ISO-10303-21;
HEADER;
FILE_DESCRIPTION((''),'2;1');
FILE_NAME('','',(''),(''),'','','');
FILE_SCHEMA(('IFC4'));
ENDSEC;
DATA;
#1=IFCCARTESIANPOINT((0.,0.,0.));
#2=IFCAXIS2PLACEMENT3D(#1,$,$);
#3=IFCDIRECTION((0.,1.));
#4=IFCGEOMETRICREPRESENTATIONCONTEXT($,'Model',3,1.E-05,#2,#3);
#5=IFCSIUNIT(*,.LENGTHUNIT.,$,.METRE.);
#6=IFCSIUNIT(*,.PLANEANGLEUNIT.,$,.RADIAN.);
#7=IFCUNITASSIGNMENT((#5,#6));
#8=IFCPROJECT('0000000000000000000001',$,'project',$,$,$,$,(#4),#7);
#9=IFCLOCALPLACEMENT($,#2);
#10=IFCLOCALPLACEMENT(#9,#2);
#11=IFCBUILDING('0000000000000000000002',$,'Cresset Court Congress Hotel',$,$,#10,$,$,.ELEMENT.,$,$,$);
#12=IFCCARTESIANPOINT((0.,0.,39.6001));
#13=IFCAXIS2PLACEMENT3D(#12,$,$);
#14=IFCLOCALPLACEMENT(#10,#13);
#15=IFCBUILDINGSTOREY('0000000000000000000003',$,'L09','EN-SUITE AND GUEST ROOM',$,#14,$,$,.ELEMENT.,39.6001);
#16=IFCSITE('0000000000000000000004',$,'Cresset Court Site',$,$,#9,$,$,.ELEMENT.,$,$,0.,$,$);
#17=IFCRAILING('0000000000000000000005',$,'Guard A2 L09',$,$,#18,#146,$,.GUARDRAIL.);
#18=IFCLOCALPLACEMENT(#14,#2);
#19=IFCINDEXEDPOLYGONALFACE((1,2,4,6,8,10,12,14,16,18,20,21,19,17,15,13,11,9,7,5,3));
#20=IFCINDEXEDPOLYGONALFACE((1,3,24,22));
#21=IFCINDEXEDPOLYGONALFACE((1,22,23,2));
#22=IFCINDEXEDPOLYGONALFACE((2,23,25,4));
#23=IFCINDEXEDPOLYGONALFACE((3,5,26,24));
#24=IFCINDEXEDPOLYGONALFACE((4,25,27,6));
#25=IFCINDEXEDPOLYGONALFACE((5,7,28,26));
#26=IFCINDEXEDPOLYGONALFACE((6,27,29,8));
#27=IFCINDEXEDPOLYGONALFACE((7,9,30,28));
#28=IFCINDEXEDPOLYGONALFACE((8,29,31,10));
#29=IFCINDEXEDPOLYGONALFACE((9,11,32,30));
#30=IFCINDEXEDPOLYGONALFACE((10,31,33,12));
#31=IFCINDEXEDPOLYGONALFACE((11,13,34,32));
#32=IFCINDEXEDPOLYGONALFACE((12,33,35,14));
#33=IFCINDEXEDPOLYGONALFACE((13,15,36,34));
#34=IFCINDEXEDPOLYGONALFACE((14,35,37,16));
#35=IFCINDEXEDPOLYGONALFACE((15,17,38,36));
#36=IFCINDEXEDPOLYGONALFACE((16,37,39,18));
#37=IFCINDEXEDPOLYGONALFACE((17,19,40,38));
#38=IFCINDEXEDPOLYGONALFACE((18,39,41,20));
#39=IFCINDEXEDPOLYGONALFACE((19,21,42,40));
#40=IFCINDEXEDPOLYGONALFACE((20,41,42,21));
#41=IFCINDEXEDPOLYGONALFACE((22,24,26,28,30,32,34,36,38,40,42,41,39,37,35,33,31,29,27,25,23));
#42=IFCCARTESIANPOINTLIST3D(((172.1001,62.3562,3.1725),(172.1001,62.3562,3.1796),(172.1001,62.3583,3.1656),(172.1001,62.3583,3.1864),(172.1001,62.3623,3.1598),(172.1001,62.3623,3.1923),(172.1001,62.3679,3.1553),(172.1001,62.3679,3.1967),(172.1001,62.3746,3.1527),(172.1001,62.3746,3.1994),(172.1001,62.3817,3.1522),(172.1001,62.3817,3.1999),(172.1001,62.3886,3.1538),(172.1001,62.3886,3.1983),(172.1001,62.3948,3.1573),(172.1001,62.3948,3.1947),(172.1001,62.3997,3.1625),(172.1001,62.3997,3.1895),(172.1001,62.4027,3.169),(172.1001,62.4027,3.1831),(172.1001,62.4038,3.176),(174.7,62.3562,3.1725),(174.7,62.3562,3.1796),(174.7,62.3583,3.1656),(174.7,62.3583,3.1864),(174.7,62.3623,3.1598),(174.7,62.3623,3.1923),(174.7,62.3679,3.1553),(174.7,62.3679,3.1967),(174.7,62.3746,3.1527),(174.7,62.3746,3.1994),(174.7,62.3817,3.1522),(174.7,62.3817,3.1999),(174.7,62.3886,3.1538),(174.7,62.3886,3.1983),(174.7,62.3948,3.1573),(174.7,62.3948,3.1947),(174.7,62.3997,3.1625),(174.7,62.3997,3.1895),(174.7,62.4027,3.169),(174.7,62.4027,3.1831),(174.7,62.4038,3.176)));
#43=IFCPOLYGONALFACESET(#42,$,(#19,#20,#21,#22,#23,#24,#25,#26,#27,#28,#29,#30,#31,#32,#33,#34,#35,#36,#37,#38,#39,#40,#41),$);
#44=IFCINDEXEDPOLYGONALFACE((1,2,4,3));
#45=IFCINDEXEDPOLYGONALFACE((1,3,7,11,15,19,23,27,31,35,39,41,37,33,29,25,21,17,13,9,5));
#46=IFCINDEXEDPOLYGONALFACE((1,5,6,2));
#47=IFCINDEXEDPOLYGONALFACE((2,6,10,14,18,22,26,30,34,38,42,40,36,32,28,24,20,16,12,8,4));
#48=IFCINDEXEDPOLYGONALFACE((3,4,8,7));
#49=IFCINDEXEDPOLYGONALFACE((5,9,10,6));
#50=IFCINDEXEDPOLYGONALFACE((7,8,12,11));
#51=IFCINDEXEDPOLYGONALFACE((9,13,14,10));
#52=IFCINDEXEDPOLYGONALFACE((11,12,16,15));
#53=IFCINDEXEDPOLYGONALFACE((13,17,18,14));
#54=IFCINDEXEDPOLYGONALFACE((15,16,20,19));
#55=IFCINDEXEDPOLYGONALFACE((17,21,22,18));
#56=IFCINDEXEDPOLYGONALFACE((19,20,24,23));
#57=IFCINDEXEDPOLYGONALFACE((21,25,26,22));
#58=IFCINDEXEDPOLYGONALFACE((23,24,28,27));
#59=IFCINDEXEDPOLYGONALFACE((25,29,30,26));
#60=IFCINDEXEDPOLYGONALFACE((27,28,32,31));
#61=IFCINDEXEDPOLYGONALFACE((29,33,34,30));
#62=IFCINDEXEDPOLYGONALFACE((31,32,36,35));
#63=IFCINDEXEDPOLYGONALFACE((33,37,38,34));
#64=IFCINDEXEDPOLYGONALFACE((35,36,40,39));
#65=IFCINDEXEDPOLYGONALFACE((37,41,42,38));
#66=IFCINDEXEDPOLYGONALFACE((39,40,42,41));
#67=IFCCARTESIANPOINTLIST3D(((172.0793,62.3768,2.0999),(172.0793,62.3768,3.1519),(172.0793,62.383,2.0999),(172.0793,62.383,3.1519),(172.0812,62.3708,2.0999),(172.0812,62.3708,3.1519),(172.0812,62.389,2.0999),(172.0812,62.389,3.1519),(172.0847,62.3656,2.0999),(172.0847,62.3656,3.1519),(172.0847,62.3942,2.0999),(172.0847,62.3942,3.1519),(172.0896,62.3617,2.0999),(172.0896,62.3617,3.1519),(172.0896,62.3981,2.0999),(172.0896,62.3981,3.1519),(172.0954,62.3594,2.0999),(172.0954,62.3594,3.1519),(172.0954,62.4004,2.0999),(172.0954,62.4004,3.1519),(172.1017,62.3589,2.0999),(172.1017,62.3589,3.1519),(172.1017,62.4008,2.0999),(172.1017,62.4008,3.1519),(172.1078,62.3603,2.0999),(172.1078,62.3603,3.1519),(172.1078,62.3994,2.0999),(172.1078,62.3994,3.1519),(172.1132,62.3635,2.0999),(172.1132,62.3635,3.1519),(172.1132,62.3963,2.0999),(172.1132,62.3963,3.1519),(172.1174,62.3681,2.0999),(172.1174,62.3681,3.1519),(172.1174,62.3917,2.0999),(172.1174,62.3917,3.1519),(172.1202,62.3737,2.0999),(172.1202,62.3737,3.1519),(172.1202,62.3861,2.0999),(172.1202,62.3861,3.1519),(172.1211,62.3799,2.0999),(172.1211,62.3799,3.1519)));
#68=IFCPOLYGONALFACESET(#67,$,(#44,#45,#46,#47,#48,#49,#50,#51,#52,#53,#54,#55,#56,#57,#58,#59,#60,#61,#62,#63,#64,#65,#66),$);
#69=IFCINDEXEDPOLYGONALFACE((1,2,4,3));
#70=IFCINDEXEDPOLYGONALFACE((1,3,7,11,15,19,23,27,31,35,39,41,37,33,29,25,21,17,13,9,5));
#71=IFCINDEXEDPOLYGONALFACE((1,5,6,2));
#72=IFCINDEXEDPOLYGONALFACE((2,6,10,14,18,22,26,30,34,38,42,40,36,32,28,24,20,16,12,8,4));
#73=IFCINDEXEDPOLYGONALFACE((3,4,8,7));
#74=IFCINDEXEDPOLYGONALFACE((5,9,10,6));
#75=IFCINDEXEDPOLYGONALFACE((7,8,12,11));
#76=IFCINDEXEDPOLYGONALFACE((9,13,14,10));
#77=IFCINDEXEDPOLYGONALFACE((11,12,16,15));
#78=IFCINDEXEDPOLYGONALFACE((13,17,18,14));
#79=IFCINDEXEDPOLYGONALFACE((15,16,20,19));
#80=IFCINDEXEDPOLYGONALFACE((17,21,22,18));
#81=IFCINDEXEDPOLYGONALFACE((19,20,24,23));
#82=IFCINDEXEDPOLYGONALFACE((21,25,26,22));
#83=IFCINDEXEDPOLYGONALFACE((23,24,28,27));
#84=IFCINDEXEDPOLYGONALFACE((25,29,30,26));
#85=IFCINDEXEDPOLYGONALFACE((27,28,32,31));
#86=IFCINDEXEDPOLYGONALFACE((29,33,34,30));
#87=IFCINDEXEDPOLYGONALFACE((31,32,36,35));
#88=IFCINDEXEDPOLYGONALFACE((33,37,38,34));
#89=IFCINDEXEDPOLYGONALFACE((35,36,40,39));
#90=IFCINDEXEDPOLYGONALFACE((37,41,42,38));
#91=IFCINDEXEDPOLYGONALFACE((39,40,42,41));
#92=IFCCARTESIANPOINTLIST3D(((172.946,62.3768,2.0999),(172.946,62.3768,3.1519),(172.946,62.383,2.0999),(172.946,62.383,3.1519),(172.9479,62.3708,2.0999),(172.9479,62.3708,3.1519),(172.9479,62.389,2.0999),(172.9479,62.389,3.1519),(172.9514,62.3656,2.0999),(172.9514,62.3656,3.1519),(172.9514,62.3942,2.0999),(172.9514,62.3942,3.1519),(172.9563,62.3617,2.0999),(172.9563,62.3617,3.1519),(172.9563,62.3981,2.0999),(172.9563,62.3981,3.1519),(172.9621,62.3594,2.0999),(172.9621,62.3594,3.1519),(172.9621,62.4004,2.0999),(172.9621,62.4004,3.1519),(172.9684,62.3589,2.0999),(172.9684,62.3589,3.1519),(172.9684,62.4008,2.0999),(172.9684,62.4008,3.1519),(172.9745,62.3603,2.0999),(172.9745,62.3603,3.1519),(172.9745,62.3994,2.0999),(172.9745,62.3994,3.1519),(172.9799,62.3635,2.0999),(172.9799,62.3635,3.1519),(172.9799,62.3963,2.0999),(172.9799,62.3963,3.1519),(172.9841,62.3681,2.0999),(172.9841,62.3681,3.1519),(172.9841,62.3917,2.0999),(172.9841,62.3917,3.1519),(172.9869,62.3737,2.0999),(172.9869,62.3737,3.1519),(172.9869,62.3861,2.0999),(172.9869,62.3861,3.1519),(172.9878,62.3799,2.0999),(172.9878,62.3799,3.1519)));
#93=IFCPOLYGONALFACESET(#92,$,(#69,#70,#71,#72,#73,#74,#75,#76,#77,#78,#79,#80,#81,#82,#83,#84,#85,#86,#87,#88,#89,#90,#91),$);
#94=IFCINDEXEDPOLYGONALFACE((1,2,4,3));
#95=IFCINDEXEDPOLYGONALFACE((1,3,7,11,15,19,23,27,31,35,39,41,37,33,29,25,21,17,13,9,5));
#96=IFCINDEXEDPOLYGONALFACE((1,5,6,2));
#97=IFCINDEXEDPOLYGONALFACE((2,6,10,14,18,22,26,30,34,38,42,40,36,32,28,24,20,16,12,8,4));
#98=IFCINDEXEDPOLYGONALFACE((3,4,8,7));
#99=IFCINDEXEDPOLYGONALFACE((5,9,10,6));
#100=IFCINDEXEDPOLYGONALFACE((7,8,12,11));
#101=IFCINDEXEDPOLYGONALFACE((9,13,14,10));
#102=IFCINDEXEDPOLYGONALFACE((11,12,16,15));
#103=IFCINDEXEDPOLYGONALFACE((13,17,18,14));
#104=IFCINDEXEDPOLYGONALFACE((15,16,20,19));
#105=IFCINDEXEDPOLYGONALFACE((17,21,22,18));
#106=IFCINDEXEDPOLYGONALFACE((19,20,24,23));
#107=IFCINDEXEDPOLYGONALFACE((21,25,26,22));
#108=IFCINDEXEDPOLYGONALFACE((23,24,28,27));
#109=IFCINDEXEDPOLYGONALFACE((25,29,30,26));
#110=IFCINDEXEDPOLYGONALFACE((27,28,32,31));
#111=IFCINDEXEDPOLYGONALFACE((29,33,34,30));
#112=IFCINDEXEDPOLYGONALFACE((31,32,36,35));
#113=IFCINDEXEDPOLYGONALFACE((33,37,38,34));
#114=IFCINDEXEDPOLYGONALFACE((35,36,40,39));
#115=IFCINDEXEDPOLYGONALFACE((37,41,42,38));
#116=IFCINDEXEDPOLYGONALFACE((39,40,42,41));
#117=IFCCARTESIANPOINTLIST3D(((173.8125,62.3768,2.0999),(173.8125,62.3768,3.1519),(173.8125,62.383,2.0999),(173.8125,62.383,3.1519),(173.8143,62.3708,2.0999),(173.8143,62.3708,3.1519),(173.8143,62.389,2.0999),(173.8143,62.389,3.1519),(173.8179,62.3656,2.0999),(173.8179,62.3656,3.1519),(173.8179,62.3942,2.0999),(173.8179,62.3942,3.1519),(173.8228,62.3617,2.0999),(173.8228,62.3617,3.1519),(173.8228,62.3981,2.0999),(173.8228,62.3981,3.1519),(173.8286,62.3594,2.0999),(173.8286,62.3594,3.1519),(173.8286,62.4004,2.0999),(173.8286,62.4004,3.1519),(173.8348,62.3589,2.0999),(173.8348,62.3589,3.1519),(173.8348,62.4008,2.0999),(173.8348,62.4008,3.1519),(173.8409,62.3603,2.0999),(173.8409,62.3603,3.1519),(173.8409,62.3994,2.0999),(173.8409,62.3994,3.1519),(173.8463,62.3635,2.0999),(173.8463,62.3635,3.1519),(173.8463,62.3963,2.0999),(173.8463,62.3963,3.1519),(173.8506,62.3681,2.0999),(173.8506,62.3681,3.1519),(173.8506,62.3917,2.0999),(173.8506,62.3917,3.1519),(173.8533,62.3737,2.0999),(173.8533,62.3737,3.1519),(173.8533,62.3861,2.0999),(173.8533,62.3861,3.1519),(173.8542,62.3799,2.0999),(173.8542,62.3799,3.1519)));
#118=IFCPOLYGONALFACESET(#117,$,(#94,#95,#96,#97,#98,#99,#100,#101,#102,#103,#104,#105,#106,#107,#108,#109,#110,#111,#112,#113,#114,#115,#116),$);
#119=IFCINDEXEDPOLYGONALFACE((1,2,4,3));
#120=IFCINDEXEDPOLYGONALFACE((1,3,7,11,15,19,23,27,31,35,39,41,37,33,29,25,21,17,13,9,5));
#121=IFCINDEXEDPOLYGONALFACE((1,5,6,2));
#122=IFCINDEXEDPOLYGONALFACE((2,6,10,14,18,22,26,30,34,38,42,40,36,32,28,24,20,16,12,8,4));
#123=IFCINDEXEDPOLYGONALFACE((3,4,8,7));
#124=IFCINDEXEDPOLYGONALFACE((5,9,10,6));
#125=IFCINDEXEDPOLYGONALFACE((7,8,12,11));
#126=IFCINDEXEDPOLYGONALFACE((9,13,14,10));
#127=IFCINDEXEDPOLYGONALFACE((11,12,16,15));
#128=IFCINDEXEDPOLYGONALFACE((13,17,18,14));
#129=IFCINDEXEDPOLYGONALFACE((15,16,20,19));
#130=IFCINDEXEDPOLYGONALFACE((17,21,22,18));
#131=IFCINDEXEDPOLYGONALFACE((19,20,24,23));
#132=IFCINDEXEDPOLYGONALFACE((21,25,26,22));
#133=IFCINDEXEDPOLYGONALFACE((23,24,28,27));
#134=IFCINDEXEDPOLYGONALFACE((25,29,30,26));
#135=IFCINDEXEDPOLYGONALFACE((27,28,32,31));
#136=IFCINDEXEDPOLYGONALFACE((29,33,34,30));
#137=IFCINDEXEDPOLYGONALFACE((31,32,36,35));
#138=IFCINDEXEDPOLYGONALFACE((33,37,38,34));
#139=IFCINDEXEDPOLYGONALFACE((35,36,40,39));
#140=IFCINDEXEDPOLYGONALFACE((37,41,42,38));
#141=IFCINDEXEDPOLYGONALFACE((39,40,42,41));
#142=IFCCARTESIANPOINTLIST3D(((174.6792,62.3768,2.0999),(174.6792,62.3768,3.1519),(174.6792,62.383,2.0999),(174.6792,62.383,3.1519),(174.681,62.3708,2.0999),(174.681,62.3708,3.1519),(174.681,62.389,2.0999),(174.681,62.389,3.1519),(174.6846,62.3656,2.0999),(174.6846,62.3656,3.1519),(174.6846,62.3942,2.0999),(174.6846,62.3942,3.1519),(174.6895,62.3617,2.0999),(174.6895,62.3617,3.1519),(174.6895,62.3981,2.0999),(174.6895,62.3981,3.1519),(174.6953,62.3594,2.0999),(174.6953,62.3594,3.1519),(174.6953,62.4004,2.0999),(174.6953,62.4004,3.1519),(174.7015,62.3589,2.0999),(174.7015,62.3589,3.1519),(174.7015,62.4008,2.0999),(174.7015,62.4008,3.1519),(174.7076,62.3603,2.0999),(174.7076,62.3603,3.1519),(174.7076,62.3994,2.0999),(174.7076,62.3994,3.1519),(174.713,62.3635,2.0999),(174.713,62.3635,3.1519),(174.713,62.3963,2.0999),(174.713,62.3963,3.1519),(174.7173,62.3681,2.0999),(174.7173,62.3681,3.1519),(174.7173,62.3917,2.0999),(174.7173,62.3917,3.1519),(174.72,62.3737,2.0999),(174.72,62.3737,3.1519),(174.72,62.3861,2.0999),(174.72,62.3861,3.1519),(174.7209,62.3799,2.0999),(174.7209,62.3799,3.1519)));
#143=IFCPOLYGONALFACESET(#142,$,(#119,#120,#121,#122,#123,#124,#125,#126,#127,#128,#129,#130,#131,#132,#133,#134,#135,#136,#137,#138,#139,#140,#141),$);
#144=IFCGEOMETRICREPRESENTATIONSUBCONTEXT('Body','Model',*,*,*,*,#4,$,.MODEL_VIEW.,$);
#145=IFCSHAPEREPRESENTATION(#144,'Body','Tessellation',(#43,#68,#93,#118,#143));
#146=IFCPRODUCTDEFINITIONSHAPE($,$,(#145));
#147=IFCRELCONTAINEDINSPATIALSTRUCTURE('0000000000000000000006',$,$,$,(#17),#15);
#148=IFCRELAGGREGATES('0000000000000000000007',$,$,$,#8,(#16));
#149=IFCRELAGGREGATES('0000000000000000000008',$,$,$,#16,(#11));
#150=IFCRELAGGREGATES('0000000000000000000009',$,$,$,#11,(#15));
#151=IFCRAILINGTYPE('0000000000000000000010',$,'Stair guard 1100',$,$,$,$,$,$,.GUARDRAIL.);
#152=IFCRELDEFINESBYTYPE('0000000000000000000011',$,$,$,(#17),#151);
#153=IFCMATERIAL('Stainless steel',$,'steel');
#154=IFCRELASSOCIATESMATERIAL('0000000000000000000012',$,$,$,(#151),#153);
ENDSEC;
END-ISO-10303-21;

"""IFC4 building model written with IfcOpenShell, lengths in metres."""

from ifc_helpers import new_model, si_unit, direction, frame, origin, origin_2d, place, context, subcontext, project, spatial, circle, extrude, material, type_object, element, save


model = new_model("IFC4")

# Units and contexts
model_context = context("Model", 3, precision=1e-05, world=origin(), true_north=direction((0.0, 1.0)))
body_context = subcontext(model_context, "Body", "Model", "MODEL_VIEW")
ifc_project = project(units=[si_unit("LENGTHUNIT", "METRE"), si_unit("PLANEANGLEUNIT", "RADIAN")], contexts=[model_context])

# Site, building, storey
site_placement = place(None, origin())
site = spatial("IfcSite", under=ifc_project, at=site_placement, Name="Cresset Court Site", CompositionType="ELEMENT", RefElevation=0.0)
building_placement = place(site_placement, origin())
building = spatial("IfcBuilding", under=site, at=building_placement, Name="Cresset Court Congress Hotel", CompositionType="ELEMENT")
storey_placement = place(building_placement, frame((0.0, 0.0, 39.6001)))
storey = spatial("IfcBuildingStorey", under=building, at=storey_placement, Name="L09", Description="EN-SUITE AND GUEST ROOM", CompositionType="ELEMENT", Elevation=39.6001)

# Railing
ifc_material_1 = material(Name="Stainless steel", Category="steel")
railing_type_1 = type_object("IfcRailingType", Name="Stair guard 1100", PredefinedType="GUARDRAIL", material=ifc_material_1)
for number, where, name in (
    (1, (172.1001, 62.3799, 2.0999), "Guard A2 L09"),
):
    element("IfcRailing", number, at=place(storey_placement, frame(where)), inside=storey, type_object=railing_type_1, Name=name, PredefinedType="GUARDRAIL", context=body_context, shape_type="SweptSolid", body=[
        extrude(circle(Radius=0.0239, at=origin_2d()), frame((0.0, 0.0, 1.0762), z_axis=(1.0, 0.0, 0.0), x_axis=(0.0, 1.0, 0.0)), (0.0, 0.0, 1.0), 2.5999),
        extrude(circle(Radius=0.021, at=origin_2d()), origin(), (0.0, 0.0, 1.0), 1.052),
        extrude(circle(Radius=0.021, at=origin_2d()), frame((0.8667, 0.0, 0.0)), (0.0, 0.0, 1.0), 1.052),
        extrude(circle(Radius=0.021, at=origin_2d()), frame((1.7332, 0.0, 0.0)), (0.0, 0.0, 1.0), 1.052),
        extrude(circle(Radius=0.021, at=origin_2d()), frame((2.5999, 0.0, 0.0)), (0.0, 0.0, 1.0), 1.052),
    ])

save(model, "model.ifc")
